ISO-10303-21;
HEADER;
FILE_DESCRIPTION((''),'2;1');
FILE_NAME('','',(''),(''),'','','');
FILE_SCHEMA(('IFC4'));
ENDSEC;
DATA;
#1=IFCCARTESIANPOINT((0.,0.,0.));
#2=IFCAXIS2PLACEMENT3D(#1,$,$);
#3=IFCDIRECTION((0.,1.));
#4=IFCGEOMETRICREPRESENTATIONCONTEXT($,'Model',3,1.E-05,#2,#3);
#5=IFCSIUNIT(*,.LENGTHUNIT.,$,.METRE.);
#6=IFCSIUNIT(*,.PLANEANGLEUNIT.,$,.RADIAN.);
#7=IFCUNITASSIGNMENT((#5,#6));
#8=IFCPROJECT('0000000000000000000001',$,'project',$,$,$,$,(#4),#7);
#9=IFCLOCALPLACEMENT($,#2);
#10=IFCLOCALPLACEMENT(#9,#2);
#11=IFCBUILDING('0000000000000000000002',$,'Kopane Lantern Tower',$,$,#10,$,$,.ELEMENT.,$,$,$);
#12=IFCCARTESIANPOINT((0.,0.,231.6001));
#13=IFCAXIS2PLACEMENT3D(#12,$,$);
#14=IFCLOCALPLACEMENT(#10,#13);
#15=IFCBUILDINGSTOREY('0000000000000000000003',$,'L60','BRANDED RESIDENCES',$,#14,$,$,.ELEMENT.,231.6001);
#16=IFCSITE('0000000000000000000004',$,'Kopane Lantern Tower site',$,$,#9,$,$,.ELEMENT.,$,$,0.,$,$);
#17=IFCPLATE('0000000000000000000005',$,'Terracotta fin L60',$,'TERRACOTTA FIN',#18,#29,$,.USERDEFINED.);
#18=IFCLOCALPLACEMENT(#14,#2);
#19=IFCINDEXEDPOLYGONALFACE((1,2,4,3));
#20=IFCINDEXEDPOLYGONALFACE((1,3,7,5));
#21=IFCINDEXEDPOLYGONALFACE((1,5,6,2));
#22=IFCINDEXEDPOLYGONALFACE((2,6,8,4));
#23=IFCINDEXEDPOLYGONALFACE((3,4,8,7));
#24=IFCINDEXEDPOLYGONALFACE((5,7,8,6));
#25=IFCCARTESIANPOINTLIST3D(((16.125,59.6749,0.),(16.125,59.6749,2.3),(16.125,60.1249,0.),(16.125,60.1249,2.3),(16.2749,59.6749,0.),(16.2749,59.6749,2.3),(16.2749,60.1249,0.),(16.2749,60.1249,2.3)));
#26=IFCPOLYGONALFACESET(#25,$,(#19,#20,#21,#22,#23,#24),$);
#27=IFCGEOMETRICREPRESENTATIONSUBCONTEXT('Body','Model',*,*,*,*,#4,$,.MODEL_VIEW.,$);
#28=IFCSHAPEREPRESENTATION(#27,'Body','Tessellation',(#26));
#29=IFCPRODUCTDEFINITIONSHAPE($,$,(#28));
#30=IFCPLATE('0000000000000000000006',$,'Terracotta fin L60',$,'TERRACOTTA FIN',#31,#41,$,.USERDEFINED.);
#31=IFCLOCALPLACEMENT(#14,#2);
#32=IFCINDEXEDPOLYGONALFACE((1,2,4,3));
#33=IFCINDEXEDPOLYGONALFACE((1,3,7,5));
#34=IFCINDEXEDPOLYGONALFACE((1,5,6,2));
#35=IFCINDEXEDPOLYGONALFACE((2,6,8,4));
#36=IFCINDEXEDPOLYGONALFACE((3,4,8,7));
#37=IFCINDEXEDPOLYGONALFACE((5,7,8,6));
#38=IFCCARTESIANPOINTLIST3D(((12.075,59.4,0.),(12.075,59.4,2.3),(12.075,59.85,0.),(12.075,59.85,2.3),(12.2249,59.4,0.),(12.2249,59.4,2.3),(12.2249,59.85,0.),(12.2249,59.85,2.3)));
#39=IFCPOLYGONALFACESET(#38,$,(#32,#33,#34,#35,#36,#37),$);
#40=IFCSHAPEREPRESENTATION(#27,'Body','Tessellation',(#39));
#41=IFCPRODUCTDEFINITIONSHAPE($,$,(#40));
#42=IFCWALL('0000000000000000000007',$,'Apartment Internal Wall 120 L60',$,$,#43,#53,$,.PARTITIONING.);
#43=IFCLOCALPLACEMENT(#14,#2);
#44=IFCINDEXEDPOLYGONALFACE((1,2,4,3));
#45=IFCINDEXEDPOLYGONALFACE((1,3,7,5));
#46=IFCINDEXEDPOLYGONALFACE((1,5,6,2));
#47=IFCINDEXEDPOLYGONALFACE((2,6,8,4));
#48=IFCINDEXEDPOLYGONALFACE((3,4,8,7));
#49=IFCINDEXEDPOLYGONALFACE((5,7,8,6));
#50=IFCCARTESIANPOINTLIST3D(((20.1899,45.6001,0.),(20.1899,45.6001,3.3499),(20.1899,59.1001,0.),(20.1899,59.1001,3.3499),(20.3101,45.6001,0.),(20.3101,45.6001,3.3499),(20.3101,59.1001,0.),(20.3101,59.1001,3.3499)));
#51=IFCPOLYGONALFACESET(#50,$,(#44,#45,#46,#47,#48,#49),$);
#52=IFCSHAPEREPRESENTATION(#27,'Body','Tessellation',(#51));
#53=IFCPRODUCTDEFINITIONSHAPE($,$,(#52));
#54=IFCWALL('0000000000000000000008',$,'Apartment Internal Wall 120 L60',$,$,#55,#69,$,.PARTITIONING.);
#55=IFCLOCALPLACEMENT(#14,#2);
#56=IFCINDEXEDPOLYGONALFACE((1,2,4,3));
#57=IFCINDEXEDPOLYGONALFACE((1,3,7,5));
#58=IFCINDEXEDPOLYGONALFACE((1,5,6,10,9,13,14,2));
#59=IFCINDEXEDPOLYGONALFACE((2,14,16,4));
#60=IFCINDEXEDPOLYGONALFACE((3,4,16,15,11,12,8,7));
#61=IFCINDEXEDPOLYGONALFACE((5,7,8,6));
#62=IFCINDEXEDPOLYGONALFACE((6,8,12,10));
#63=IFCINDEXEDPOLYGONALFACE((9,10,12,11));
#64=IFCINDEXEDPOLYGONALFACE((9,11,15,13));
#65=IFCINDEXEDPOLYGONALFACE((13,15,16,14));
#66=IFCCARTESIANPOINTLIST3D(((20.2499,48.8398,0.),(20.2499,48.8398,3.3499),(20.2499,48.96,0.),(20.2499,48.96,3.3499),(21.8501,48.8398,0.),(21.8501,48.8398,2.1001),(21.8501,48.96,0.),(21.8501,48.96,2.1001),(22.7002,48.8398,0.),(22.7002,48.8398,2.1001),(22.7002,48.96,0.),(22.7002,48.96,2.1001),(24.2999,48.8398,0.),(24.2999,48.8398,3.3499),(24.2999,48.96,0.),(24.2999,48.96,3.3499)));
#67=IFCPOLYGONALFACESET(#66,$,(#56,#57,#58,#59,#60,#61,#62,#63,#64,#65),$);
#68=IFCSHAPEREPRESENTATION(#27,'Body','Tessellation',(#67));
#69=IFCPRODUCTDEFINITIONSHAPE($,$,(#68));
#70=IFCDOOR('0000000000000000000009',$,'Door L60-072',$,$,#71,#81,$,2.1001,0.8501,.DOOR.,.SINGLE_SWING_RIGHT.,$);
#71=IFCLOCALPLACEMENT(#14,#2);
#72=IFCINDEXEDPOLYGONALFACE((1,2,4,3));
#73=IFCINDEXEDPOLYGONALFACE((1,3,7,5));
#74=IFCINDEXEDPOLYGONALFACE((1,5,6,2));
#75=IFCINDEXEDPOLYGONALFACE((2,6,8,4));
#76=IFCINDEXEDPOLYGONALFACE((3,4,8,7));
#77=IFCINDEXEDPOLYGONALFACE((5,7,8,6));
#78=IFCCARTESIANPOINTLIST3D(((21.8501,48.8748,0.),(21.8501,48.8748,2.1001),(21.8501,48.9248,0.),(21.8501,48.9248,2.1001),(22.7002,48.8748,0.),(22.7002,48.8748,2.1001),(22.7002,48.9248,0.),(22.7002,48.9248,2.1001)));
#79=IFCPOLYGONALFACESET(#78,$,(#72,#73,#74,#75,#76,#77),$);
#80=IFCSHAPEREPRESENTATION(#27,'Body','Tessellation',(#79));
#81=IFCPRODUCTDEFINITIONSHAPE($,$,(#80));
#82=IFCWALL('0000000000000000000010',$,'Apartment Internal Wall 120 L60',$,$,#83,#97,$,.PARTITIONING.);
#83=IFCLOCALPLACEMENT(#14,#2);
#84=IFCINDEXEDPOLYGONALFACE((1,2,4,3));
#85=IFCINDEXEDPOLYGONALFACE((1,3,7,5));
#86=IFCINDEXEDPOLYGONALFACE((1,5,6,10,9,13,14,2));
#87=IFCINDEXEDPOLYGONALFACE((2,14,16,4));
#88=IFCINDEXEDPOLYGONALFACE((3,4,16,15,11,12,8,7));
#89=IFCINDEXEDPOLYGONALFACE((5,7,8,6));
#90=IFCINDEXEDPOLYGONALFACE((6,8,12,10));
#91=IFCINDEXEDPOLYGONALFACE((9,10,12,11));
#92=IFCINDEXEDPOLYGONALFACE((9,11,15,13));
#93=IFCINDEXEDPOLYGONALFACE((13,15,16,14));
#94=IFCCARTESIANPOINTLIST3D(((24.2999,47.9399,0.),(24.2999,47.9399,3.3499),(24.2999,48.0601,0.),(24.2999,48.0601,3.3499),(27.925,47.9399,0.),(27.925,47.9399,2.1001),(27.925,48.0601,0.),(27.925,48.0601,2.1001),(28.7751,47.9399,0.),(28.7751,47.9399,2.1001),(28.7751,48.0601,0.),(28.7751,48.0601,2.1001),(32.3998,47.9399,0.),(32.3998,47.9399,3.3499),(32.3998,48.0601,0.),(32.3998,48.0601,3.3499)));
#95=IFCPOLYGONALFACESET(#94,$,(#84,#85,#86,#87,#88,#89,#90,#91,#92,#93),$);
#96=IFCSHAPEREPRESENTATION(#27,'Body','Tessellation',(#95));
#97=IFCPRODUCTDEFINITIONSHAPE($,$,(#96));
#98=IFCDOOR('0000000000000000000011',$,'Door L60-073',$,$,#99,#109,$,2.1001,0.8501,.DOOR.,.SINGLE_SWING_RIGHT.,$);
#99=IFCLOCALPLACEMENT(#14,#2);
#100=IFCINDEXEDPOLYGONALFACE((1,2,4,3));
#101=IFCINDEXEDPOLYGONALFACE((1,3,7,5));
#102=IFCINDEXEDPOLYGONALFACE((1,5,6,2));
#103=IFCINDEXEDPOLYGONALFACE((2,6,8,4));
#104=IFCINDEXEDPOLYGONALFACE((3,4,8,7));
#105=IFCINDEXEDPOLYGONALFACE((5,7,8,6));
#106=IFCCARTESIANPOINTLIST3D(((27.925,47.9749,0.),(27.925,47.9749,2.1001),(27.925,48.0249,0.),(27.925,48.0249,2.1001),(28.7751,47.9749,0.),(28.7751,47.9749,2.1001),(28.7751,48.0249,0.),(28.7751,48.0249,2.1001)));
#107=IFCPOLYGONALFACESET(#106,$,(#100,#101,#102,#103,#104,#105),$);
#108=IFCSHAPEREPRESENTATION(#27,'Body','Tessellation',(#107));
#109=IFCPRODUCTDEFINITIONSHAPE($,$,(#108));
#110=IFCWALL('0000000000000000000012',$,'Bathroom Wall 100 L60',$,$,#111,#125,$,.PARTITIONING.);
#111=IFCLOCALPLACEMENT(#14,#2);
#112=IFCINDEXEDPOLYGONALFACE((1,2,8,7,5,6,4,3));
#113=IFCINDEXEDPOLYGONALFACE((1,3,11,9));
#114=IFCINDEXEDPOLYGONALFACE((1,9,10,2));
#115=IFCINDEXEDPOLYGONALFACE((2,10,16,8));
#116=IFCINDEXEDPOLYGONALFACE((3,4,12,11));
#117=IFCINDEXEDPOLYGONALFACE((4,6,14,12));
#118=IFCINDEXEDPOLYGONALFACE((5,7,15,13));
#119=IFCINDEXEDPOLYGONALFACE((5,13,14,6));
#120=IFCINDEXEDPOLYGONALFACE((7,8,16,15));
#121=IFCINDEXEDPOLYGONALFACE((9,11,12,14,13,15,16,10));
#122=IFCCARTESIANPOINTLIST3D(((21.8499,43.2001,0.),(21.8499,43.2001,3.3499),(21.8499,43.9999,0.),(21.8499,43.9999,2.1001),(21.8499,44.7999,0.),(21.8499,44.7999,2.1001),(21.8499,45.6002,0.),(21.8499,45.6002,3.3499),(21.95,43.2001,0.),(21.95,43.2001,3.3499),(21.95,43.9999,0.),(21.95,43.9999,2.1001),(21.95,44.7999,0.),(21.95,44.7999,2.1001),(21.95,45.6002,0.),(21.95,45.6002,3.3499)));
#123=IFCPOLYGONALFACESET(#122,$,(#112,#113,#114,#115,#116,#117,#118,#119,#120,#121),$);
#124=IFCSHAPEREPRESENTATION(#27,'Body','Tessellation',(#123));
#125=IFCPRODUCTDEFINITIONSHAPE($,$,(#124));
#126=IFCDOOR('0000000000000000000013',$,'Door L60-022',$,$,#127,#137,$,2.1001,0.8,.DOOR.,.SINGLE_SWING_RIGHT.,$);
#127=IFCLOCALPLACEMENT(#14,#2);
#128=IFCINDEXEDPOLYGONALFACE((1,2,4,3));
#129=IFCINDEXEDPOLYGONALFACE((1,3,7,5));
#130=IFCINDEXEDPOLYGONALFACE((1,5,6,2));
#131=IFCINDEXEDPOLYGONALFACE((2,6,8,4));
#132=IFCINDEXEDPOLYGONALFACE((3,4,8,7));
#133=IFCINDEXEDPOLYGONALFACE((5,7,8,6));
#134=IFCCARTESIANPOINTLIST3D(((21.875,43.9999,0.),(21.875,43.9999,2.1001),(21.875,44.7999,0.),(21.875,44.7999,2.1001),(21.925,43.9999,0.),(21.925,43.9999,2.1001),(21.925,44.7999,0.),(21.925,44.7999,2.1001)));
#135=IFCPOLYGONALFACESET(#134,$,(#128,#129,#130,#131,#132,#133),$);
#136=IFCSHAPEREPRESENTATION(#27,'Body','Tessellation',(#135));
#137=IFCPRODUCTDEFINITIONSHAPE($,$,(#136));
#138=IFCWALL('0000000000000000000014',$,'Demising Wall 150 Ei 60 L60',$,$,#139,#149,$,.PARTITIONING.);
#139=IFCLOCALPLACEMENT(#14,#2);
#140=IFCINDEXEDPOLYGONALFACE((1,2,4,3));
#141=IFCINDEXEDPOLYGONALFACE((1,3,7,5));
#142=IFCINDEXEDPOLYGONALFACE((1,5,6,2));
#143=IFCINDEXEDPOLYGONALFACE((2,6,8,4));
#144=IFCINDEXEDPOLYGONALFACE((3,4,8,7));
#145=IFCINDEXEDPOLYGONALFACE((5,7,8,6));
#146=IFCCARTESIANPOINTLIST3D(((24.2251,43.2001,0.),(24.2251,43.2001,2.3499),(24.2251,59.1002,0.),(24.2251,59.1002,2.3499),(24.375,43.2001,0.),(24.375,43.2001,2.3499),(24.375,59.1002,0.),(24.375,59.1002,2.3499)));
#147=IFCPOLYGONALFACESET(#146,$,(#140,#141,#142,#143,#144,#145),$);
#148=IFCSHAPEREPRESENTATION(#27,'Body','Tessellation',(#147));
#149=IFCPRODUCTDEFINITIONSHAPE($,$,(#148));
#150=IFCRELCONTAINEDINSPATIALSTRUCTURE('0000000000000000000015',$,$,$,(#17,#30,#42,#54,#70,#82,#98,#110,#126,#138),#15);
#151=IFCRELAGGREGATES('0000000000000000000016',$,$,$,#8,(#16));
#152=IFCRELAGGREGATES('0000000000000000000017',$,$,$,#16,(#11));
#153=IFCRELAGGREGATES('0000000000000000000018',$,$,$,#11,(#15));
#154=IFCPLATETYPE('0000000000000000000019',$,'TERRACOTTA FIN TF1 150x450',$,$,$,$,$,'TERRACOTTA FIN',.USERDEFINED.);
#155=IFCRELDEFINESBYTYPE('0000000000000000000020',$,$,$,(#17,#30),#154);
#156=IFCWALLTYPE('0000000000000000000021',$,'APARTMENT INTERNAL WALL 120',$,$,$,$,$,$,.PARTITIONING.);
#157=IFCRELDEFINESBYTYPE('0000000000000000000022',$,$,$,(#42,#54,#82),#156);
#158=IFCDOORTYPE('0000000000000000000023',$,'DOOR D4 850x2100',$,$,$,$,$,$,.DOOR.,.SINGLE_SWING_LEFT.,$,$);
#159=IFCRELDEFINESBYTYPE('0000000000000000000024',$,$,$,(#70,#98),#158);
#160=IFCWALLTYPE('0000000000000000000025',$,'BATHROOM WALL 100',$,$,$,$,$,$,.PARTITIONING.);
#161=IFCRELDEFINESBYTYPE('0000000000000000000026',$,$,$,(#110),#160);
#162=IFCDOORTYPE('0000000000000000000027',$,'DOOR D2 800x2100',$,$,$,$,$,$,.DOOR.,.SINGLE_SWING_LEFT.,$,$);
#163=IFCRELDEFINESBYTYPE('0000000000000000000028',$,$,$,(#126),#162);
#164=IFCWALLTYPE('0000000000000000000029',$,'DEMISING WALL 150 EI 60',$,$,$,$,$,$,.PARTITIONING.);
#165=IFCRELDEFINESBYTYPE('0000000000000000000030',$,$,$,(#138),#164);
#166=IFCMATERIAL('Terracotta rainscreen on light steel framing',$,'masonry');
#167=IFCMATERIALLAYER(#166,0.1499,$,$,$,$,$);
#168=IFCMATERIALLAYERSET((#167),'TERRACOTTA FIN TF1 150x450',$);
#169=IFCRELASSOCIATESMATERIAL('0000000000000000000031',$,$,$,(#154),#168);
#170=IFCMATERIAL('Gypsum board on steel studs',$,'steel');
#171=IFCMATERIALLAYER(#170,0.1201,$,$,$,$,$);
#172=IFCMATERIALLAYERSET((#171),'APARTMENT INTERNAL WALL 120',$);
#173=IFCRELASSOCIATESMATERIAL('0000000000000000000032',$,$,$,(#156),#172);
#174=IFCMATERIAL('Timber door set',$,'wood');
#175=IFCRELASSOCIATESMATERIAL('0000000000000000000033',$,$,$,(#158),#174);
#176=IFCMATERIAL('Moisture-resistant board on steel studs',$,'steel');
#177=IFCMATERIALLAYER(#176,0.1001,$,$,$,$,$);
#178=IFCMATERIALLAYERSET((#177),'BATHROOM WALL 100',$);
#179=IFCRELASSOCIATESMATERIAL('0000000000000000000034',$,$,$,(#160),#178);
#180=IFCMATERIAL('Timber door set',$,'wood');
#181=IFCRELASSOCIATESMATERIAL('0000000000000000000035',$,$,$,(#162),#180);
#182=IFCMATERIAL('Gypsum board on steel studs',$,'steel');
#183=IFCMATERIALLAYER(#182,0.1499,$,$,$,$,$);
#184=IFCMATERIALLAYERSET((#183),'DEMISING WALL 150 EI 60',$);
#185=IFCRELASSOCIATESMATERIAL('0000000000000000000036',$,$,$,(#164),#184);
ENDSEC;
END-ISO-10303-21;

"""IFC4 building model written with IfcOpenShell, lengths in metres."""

from ifc_helpers import new_model, si_unit, direction, frame, frame_2d, origin, origin_2d, place, context, subcontext, project, spatial, rectangle, extrude, material, layer, layer_set, type_object, element, fill, save


model = new_model("IFC4")

# Units and contexts
model_context = context("Model", 3, precision=1e-05, world=origin(), true_north=direction((0.0, 1.0)))
body_context = subcontext(model_context, "Body", "Model", "MODEL_VIEW")
ifc_project = project(units=[si_unit("LENGTHUNIT", "METRE"), si_unit("PLANEANGLEUNIT", "RADIAN")], contexts=[model_context])

# Site, building, storey
site_placement = place(None, origin())
site = spatial("IfcSite", under=ifc_project, at=site_placement, Name="Kopane Lantern Tower site", CompositionType="ELEMENT", RefElevation=0.0)
building_placement = place(site_placement, origin())
building = spatial("IfcBuilding", under=site, at=building_placement, Name="Kopane Lantern Tower", CompositionType="ELEMENT")
storey_placement = place(building_placement, frame((0.0, 0.0, 231.6001)))
storey = spatial("IfcBuildingStorey", under=building, at=storey_placement, Name="L60", Description="BRANDED RESIDENCES", CompositionType="ELEMENT", Elevation=231.6001)

# Plates
ifc_material_1 = material(Name="Terracotta rainscreen on light steel framing", Category="masonry")
ifc_layer_1 = layer(ifc_material_1, 0.1499)
ifc_layer_set_1 = layer_set([ifc_layer_1], Name="TERRACOTTA FIN TF1 150x450")
plate_type = type_object("IfcPlateType", Name="TERRACOTTA FIN TF1 150x450", ElementType="TERRACOTTA FIN", PredefinedType="USERDEFINED", material=ifc_layer_set_1)
for number, where, z_axis, x_axis, name in (
    (1, (16.2, 59.8999, 0.0), (0.0, 0.0, 1.0), (-1.0, 0.0, 0.0), "Terracotta fin L60"),
    (2, (12.1499, 59.625, 0.0), (0.0, 0.0, 1.0), (-1.0, 0.0, 0.0), "Terracotta fin L60"),
):
    element("IfcPlate", number, at=place(storey_placement, frame(where, z_axis=z_axis, x_axis=x_axis)), inside=storey, type_object=plate_type, Name=name, ObjectType="TERRACOTTA FIN", PredefinedType="USERDEFINED", context=body_context, shape_type="SweptSolid", body=[
        extrude(rectangle(XDim=0.1499, YDim=0.45, at=origin_2d()), origin(), (0.0, 0.0, 1.0), 2.3),
    ])

# Wall
ifc_material_2 = material(Name="Gypsum board on steel studs", Category="steel")
ifc_layer_2 = layer(ifc_material_2, 0.1201)
ifc_layer_set_2 = layer_set([ifc_layer_2], Name="APARTMENT INTERNAL WALL 120")
wall_type_1 = type_object("IfcWallType", Name="APARTMENT INTERNAL WALL 120", PredefinedType="PARTITIONING", material=ifc_layer_set_2)
wall_1_placement = place(storey_placement, frame((20.25, 45.6001, 0.0), z_axis=(0.0, 0.0, 1.0), x_axis=(0.0, 1.0, 0.0)))
element("IfcWall", 3, at=wall_1_placement, inside=storey, type_object=wall_type_1, Name="Apartment Internal Wall 120 L60", PredefinedType="PARTITIONING", context=body_context, shape_type="SweptSolid", body=[
    extrude(rectangle(XDim=13.5, YDim=0.1201, at=frame_2d((6.75, 0.0))), origin(), (0.0, 0.0, 1.0), 3.3499),
])

# Walls, openings, doors
wall_2_placement = place(storey_placement, frame((20.25, 48.8999, 0.0), z_axis=(0.0, 0.0, 1.0), x_axis=(1.0, 0.0, 0.0)))
wall_2 = element("IfcWall", 4, at=wall_2_placement, inside=storey, type_object=wall_type_1, Name="Apartment Internal Wall 120 L60", PredefinedType="PARTITIONING", context=body_context, shape_type="SweptSolid", body=[
    extrude(rectangle(XDim=4.05, YDim=0.1201, at=frame_2d((2.0249, 0.0))), origin(), (0.0, 0.0, 1.0), 3.3499),
])
opening_1_placement = place(wall_2_placement, frame((1.6001, 0.0, 0.0)))
opening_1 = element("IfcOpeningElement", 5, at=opening_1_placement, cuts=wall_2, PredefinedType="OPENING", context=body_context, shape_type="SweptSolid", body=[
    extrude(rectangle(XDim=0.8501, YDim=2.1001, at=frame_2d((0.425, 1.05))), frame((0.0, 0.0701, 0.0), z_axis=(0.0, -1.0, 0.0), x_axis=(1.0, 0.0, 0.0)), (0.0, 0.0, 1.0), 0.1401),
])
ifc_material_3 = material(Name="Timber door set", Category="wood")
door_type_1 = type_object("IfcDoorType", Name="DOOR D4 850x2100", OperationType="SINGLE_SWING_LEFT", PredefinedType="DOOR", material=ifc_material_3)
door_1_placement = place(opening_1_placement, origin())
door_1 = element("IfcDoor", 6, at=door_1_placement, inside=storey, type_object=door_type_1, Name="Door L60-072", OperationType="SINGLE_SWING_RIGHT", OverallHeight=2.1001, OverallWidth=0.8501, PredefinedType="DOOR", context=body_context, shape_type="SweptSolid", body=[
    extrude(rectangle(XDim=0.8501, YDim=2.1001, at=frame_2d((0.425, 1.05))), frame((0.0, 0.0249, 0.0), z_axis=(0.0, -1.0, 0.0), x_axis=(1.0, 0.0, 0.0)), (0.0, 0.0, 1.0), 0.05),
])
fill(opening_1, door_1)
wall_3_placement = place(storey_placement, frame((24.3, 48.0, 0.0), z_axis=(0.0, 0.0, 1.0), x_axis=(1.0, 0.0, 0.0)))
wall_3 = element("IfcWall", 7, at=wall_3_placement, inside=storey, type_object=wall_type_1, Name="Apartment Internal Wall 120 L60", PredefinedType="PARTITIONING", context=body_context, shape_type="SweptSolid", body=[
    extrude(rectangle(XDim=8.0999, YDim=0.1201, at=frame_2d((4.0498, 0.0))), origin(), (0.0, 0.0, 1.0), 3.3499),
])
opening_2_placement = place(wall_3_placement, frame((3.625, 0.0, 0.0)))
opening_2 = element("IfcOpeningElement", 8, at=opening_2_placement, cuts=wall_3, PredefinedType="OPENING", context=body_context, shape_type="SweptSolid", body=[
    extrude(rectangle(XDim=0.8501, YDim=2.1001, at=frame_2d((0.425, 1.05))), frame((0.0, 0.0701, 0.0), z_axis=(0.0, -1.0, 0.0), x_axis=(1.0, 0.0, 0.0)), (0.0, 0.0, 1.0), 0.1401),
])
door_2_placement = place(opening_2_placement, origin())
door_2 = element("IfcDoor", 9, at=door_2_placement, inside=storey, type_object=door_type_1, Name="Door L60-073", OperationType="SINGLE_SWING_RIGHT", OverallHeight=2.1001, OverallWidth=0.8501, PredefinedType="DOOR", context=body_context, shape_type="SweptSolid", body=[
    extrude(rectangle(XDim=0.8501, YDim=2.1001, at=frame_2d((0.425, 1.05))), frame((0.0, 0.0249, 0.0), z_axis=(0.0, -1.0, 0.0), x_axis=(1.0, 0.0, 0.0)), (0.0, 0.0, 1.0), 0.05),
])
fill(opening_2, door_2)
ifc_material_4 = material(Name="Moisture-resistant board on steel studs", Category="steel")
ifc_layer_3 = layer(ifc_material_4, 0.1001)
ifc_layer_set_3 = layer_set([ifc_layer_3], Name="BATHROOM WALL 100")
wall_type_2 = type_object("IfcWallType", Name="BATHROOM WALL 100", PredefinedType="PARTITIONING", material=ifc_layer_set_3)
wall_4_placement = place(storey_placement, frame((21.8999, 43.2, 0.0), z_axis=(0.0, 0.0, 1.0), x_axis=(0.0, 1.0, 0.0)))
wall_4 = element("IfcWall", 10, at=wall_4_placement, inside=storey, type_object=wall_type_2, Name="Bathroom Wall 100 L60", PredefinedType="PARTITIONING", context=body_context, shape_type="SweptSolid", body=[
    extrude(rectangle(XDim=2.4001, YDim=0.1001, at=frame_2d((1.2002, 0.0))), origin(), (0.0, 0.0, 1.0), 3.3499),
])
opening_3_placement = place(wall_4_placement, frame((0.8, 0.0, 0.0)))
opening_3 = element("IfcOpeningElement", 11, at=opening_3_placement, cuts=wall_4, PredefinedType="OPENING", context=body_context, shape_type="SweptSolid", body=[
    extrude(rectangle(XDim=0.8, YDim=2.1001, at=frame_2d((0.3999, 1.05))), frame((0.0, 0.0601, 0.0), z_axis=(0.0, -1.0, 0.0), x_axis=(1.0, 0.0, 0.0)), (0.0, 0.0, 1.0), 0.1201),
])
ifc_material_5 = material(Name="Timber door set", Category="wood")
door_type_2 = type_object("IfcDoorType", Name="DOOR D2 800x2100", OperationType="SINGLE_SWING_LEFT", PredefinedType="DOOR", material=ifc_material_5)
door_3_placement = place(opening_3_placement, origin())
door_3 = element("IfcDoor", 12, at=door_3_placement, inside=storey, type_object=door_type_2, Name="Door L60-022", OperationType="SINGLE_SWING_RIGHT", OverallHeight=2.1001, OverallWidth=0.8, PredefinedType="DOOR", context=body_context, shape_type="SweptSolid", body=[
    extrude(rectangle(XDim=0.8, YDim=2.1001, at=frame_2d((0.3999, 1.05))), frame((0.0, 0.0249, 0.0), z_axis=(0.0, -1.0, 0.0), x_axis=(1.0, 0.0, 0.0)), (0.0, 0.0, 1.0), 0.05),
])
fill(opening_3, door_3)

# Wall
ifc_material_6 = material(Name="Gypsum board on steel studs", Category="steel")
ifc_layer_4 = layer(ifc_material_6, 0.1499)
ifc_layer_set_4 = layer_set([ifc_layer_4], Name="DEMISING WALL 150 EI 60")
wall_type_3 = type_object("IfcWallType", Name="DEMISING WALL 150 EI 60", PredefinedType="PARTITIONING", material=ifc_layer_set_4)
wall_5_placement = place(storey_placement, frame((24.3, 43.2, 0.0), z_axis=(0.0, 0.0, 1.0), x_axis=(0.0, 1.0, 0.0)))
element("IfcWall", 13, at=wall_5_placement, inside=storey, type_object=wall_type_3, Name="Demising Wall 150 Ei 60 L60", PredefinedType="PARTITIONING", context=body_context, shape_type="SweptSolid", body=[
    extrude(rectangle(XDim=15.9001, YDim=0.1499, at=frame_2d((7.9502, 0.0))), origin(), (0.0, 0.0, 1.0), 2.3499),
])

save(model, "model.ifc")
